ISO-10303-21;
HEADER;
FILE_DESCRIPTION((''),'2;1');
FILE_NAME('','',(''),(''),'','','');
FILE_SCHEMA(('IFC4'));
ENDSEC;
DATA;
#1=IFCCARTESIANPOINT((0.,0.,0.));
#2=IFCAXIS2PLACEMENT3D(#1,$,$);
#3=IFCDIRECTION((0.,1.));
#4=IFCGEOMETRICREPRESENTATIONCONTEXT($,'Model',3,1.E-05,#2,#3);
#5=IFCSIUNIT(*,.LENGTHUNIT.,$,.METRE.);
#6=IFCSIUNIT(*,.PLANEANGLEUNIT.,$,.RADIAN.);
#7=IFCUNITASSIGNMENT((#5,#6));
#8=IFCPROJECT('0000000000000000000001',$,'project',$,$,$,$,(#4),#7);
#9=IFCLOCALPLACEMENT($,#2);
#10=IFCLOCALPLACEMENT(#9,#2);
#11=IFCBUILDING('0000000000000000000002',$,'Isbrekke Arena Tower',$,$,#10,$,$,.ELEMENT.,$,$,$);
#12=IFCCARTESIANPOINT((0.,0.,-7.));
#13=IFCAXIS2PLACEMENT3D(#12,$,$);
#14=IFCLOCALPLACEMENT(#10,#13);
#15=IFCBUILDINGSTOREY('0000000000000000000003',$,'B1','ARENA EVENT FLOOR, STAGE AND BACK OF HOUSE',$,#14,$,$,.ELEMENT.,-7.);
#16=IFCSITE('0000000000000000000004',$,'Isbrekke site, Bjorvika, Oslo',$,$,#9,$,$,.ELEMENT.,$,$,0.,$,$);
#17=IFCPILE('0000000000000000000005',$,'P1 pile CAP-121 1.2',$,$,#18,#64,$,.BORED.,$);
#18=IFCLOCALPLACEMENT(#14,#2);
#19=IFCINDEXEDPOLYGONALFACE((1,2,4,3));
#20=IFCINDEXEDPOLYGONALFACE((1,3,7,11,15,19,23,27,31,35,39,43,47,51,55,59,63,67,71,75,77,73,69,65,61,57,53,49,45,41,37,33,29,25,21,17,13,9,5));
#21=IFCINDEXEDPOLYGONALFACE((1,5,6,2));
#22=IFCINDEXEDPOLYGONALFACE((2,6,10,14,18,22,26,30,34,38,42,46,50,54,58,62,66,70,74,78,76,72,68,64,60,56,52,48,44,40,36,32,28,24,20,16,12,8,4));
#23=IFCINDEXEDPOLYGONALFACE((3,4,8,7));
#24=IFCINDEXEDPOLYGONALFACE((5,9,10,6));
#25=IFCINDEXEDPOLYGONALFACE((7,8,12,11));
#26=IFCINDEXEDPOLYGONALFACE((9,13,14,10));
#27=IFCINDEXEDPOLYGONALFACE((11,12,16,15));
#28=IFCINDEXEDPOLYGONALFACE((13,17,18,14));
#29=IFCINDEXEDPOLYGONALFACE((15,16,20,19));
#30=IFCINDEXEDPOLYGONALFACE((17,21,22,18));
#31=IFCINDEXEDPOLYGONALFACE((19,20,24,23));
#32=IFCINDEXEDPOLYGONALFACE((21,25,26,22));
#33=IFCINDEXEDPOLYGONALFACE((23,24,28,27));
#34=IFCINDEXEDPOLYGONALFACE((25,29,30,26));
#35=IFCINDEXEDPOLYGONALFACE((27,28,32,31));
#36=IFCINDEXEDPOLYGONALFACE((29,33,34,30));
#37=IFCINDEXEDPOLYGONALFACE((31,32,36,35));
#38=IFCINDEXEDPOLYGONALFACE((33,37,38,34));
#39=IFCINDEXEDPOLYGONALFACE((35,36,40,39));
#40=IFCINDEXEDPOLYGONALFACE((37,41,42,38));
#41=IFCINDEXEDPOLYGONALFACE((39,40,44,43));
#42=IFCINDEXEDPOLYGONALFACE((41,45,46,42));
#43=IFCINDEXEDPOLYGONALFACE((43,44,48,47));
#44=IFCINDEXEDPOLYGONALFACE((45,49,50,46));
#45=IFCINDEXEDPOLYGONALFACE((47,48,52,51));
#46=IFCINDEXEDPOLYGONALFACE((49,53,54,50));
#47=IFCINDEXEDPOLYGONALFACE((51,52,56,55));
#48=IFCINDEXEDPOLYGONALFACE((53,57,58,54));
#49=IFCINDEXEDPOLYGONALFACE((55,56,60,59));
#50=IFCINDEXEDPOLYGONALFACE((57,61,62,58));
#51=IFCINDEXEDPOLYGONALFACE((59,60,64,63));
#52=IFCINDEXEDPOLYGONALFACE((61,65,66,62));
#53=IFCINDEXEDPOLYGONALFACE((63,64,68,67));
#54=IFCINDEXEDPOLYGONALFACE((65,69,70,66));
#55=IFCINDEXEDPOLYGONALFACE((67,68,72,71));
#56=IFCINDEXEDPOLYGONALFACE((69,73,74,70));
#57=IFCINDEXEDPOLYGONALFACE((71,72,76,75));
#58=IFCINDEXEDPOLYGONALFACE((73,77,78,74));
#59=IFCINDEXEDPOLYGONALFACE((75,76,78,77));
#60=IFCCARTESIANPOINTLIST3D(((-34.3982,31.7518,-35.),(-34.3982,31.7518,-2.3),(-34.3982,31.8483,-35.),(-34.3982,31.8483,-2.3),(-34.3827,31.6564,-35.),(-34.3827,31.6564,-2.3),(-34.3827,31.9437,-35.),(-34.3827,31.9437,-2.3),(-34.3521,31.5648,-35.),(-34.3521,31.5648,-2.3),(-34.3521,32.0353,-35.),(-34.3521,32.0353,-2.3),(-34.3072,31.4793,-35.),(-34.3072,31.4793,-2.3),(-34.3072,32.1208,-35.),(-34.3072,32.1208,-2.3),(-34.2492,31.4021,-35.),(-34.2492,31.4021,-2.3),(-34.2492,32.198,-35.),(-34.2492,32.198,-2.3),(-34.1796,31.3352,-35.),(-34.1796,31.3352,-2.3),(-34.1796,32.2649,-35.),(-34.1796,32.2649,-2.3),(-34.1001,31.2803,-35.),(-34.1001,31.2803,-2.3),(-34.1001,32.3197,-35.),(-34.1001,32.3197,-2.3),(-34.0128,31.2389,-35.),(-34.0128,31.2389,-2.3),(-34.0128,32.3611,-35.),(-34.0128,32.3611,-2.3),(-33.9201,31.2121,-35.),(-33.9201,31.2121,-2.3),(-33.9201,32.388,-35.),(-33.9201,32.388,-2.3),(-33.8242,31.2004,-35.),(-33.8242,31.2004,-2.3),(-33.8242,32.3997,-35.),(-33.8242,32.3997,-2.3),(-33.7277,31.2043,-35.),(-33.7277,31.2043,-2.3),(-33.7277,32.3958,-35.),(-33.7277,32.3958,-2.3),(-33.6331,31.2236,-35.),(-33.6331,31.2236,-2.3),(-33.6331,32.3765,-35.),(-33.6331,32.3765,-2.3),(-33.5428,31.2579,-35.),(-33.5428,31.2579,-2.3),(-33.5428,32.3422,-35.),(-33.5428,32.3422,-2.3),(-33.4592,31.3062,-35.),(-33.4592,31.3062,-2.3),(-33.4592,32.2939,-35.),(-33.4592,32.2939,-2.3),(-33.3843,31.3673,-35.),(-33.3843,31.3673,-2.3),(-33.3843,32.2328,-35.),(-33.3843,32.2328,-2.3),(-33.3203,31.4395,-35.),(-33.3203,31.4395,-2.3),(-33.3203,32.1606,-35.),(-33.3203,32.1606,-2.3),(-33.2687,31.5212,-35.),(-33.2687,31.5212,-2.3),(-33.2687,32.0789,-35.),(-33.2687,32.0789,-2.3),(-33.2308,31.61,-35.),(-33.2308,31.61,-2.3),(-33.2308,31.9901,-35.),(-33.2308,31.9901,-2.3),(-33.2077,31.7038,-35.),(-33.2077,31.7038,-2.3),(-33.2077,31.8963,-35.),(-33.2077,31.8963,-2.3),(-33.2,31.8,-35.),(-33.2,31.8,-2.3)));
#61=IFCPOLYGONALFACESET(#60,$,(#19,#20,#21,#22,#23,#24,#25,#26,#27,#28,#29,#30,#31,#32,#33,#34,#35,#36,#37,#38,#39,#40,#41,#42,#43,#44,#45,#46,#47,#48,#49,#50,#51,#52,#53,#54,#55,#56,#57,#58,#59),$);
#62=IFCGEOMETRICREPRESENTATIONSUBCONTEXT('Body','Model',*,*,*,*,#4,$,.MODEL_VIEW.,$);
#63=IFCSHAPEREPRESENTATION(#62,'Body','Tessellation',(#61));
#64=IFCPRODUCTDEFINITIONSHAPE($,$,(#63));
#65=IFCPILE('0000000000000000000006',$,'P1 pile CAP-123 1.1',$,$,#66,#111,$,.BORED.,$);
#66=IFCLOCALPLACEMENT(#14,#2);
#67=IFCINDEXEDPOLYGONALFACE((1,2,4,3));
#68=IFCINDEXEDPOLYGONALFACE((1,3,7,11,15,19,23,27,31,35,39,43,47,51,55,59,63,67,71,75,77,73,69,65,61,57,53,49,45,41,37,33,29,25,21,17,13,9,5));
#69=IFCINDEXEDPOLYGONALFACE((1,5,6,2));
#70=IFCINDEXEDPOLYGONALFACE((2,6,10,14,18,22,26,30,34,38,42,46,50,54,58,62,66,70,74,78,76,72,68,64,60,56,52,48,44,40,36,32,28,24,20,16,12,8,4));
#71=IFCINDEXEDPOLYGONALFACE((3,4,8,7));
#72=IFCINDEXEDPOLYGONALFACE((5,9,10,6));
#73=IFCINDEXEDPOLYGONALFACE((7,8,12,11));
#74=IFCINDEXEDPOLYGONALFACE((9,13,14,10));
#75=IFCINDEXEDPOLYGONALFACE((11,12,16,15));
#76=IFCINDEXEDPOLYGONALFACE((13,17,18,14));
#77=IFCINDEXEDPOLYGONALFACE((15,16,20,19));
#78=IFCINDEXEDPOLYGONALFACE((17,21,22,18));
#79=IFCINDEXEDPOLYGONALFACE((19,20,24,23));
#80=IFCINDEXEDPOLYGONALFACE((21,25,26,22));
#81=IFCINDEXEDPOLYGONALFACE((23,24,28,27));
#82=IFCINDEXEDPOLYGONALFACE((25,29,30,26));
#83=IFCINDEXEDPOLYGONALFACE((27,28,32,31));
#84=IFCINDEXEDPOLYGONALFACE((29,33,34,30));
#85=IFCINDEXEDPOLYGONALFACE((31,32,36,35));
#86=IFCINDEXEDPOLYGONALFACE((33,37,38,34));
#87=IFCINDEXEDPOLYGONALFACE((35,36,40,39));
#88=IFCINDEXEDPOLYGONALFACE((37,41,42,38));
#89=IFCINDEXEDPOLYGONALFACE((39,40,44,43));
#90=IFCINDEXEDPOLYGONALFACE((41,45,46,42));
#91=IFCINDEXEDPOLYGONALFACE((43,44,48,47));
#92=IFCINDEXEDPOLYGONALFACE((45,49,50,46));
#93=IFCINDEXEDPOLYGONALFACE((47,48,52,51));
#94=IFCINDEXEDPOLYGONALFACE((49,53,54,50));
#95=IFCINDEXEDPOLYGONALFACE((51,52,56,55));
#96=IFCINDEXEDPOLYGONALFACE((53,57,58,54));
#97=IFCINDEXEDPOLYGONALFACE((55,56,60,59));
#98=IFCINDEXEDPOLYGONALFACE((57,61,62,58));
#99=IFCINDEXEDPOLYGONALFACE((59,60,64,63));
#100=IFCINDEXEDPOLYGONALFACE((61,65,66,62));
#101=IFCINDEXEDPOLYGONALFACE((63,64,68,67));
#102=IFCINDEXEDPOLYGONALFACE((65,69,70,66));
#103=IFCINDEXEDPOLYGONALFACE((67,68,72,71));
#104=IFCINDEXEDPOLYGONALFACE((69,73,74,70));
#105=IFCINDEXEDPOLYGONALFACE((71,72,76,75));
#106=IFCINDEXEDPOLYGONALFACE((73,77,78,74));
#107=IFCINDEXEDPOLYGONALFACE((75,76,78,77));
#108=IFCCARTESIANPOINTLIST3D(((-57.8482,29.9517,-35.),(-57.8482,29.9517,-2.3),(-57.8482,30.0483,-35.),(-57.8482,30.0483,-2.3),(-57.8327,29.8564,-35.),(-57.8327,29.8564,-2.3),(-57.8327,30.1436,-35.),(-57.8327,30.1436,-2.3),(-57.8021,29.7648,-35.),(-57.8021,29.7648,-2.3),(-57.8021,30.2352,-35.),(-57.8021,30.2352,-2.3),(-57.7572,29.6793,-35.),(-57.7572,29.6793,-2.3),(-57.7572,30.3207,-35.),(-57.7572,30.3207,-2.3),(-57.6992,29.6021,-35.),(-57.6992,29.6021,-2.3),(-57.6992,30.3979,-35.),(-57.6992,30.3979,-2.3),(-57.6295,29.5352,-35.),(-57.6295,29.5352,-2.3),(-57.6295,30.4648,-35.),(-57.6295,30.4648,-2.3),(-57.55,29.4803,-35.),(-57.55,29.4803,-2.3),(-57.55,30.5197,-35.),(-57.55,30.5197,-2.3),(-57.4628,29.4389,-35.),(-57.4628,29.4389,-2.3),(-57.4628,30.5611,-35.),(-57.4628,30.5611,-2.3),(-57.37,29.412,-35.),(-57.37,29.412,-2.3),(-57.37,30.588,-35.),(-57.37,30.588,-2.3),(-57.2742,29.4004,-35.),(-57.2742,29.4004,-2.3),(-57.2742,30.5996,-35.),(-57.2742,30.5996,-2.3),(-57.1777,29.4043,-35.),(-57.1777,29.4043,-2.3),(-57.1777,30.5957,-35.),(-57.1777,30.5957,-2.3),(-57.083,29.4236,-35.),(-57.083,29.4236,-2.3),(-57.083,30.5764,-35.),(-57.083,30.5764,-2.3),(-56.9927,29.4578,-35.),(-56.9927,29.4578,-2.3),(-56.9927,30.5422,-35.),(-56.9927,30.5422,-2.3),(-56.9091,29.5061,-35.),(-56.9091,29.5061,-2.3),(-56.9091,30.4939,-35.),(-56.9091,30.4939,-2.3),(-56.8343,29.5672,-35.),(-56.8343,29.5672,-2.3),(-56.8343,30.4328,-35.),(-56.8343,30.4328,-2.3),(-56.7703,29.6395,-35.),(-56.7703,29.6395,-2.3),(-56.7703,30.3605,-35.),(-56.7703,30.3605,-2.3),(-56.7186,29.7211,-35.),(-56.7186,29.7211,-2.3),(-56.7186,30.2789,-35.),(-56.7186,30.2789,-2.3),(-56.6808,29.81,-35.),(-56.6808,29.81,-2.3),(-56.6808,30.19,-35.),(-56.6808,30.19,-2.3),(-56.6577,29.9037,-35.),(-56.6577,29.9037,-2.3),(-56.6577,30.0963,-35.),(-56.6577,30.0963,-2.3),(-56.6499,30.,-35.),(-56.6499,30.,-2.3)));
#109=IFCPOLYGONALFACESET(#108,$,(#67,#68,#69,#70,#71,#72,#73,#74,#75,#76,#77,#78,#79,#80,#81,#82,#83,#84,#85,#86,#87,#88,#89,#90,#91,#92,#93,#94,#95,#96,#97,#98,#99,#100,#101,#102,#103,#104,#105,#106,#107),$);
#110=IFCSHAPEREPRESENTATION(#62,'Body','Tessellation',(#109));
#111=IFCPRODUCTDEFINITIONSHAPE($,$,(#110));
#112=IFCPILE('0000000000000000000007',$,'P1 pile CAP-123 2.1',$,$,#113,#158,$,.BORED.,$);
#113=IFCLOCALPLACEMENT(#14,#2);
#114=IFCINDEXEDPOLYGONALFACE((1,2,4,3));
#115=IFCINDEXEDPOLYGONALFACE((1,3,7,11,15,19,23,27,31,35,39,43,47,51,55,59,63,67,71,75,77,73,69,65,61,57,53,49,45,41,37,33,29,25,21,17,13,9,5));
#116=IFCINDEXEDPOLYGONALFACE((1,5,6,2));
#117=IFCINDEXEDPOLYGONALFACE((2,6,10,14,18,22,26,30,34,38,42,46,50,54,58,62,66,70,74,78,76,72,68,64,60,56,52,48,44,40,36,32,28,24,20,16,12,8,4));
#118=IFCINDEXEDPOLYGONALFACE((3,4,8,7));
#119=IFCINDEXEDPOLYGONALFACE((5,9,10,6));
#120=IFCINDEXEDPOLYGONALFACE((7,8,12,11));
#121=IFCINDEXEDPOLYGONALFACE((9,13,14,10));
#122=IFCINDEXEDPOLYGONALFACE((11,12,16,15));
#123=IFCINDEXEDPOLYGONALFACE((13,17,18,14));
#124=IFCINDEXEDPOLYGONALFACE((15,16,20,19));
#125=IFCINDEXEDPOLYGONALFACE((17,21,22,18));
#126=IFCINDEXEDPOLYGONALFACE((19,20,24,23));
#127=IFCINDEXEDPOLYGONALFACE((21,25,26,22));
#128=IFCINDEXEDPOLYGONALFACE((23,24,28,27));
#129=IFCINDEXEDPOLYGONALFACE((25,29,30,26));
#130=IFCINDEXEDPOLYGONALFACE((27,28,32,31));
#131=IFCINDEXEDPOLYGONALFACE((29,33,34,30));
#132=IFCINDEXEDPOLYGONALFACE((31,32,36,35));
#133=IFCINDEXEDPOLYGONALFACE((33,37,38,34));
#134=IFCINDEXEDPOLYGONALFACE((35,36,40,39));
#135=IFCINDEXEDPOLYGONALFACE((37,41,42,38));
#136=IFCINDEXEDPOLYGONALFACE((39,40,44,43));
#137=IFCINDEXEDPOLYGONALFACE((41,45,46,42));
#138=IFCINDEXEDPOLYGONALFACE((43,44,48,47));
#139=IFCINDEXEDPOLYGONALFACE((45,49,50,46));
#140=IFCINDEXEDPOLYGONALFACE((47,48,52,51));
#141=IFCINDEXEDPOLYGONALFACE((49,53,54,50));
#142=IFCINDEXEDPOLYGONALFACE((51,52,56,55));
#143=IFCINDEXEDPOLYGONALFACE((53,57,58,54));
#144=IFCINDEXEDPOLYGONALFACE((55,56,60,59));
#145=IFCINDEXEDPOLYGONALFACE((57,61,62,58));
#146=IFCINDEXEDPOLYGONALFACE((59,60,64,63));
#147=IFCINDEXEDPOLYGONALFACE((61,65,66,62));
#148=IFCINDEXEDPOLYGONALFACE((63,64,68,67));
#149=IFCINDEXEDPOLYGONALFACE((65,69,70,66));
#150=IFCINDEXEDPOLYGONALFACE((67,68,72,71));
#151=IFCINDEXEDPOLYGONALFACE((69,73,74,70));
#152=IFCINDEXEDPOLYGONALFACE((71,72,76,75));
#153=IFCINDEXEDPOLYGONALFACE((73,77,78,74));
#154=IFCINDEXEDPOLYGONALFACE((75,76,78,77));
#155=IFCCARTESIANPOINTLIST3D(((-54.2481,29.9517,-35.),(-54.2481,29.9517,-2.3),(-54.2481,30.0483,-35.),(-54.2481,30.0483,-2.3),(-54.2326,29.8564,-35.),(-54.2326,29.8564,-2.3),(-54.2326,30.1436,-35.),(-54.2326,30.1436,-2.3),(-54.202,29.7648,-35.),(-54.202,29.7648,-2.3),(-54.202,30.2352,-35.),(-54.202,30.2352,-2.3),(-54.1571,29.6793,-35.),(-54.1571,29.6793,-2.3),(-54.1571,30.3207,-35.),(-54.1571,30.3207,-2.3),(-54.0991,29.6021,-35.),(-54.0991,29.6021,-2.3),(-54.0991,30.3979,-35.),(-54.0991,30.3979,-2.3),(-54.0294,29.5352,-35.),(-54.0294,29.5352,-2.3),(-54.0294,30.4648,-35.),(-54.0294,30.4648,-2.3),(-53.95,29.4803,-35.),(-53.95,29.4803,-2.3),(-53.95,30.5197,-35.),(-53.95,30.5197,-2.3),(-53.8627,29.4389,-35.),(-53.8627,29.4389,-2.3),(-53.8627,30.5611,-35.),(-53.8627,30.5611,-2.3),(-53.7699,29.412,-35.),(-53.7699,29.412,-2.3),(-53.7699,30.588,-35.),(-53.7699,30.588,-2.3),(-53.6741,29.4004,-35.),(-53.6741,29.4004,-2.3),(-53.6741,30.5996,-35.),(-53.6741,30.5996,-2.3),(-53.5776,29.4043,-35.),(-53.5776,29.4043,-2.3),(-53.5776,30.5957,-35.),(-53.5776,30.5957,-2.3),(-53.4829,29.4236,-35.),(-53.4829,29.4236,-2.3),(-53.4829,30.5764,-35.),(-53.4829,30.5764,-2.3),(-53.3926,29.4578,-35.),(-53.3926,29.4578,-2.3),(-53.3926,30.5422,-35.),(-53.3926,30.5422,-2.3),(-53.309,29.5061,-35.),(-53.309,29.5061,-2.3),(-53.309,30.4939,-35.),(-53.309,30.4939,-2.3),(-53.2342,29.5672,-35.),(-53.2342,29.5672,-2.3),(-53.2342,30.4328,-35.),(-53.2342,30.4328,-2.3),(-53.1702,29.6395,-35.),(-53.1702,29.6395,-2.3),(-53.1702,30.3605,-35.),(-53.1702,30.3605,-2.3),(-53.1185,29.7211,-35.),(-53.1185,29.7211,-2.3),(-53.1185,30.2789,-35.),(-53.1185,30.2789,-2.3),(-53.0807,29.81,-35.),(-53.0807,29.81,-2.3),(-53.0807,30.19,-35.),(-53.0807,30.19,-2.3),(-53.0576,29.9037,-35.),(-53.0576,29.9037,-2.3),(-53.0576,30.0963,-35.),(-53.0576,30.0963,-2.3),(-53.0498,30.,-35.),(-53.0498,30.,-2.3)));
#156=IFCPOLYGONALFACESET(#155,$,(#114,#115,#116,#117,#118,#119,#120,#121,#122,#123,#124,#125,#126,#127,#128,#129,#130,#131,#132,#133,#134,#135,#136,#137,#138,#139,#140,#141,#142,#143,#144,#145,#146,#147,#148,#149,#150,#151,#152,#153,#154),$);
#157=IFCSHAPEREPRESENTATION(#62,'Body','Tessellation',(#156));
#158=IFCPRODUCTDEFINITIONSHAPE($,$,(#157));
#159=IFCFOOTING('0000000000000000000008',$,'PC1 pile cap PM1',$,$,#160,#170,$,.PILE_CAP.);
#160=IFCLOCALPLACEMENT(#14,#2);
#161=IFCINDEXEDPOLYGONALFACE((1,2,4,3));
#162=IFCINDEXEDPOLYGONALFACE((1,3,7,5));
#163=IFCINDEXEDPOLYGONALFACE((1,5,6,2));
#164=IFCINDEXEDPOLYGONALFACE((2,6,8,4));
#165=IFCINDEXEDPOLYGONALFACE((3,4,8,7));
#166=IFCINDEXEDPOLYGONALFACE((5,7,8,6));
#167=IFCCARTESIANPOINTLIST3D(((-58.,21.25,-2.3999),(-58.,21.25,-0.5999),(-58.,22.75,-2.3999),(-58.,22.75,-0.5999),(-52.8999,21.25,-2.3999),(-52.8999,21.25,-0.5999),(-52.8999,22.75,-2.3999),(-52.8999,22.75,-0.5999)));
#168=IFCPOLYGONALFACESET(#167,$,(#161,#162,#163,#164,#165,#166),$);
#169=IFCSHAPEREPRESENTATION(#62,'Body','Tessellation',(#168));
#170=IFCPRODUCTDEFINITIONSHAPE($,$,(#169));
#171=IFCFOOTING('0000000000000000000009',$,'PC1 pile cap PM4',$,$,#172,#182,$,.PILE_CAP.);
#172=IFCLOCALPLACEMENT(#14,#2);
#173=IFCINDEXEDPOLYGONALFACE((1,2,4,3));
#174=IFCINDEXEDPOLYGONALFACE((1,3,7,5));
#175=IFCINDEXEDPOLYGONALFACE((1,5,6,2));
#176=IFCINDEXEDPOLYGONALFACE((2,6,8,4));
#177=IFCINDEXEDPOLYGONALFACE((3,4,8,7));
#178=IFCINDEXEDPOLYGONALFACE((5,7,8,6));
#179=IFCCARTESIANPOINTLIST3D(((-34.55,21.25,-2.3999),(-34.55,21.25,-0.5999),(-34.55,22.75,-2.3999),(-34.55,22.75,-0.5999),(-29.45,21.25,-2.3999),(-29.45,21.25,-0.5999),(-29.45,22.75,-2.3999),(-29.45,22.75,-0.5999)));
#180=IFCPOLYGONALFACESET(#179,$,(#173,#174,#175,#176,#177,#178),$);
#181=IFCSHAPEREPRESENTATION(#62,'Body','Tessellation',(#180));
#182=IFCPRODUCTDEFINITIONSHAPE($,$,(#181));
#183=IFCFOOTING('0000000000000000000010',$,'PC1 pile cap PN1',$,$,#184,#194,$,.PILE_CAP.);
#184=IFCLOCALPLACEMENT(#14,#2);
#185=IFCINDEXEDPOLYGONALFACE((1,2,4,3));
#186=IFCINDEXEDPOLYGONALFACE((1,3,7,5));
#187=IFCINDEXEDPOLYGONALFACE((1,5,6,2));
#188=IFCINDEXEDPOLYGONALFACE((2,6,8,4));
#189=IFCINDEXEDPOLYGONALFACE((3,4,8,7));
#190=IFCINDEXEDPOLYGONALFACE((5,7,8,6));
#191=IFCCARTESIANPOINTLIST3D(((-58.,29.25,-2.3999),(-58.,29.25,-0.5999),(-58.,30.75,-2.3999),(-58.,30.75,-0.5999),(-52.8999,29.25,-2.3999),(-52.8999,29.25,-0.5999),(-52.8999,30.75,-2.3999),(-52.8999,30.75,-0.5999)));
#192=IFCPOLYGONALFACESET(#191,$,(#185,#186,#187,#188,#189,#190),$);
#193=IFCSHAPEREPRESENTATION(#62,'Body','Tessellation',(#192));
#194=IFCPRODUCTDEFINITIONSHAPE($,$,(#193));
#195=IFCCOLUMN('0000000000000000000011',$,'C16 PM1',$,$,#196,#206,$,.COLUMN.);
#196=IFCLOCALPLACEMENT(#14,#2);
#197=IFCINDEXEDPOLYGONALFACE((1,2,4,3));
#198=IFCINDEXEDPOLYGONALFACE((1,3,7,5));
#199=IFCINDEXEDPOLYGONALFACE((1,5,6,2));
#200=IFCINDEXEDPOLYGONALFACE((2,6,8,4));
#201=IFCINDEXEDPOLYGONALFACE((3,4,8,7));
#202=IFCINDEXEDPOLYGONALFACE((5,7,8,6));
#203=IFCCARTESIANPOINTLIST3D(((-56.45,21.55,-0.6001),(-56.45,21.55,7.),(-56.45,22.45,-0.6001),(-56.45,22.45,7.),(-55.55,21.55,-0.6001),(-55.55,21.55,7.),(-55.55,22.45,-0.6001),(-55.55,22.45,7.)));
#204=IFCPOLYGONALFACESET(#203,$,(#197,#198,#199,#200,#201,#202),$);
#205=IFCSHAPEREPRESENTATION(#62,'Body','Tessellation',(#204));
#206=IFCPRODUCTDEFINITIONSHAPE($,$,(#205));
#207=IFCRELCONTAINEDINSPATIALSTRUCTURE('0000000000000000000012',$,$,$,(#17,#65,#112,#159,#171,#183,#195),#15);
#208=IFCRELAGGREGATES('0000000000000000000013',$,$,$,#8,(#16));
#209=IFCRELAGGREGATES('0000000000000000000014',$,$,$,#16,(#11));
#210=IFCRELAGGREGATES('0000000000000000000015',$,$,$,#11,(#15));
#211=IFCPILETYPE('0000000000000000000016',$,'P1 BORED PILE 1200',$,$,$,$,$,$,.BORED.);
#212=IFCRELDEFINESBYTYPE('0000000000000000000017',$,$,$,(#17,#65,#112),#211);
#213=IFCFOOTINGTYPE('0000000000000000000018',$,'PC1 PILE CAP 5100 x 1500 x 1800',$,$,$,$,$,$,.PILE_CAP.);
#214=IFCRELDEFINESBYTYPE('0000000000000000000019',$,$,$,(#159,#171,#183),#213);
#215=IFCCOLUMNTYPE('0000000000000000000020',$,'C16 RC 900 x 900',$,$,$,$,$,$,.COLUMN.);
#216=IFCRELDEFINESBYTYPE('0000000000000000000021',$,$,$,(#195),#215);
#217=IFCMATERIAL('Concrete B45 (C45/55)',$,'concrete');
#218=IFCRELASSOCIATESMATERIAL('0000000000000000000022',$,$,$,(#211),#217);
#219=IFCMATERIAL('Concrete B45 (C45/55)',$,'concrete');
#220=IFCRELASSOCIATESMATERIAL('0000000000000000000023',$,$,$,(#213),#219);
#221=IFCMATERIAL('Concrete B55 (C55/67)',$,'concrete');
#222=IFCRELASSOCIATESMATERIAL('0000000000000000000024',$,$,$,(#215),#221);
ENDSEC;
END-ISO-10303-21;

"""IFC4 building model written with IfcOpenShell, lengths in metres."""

from ifc_helpers import new_model, si_unit, direction, frame, origin, origin_2d, place, context, subcontext, project, spatial, rectangle, circle, extrude, material, material_profile, profile_set, type_object, element, save


model = new_model("IFC4")

# Units and contexts
model_context = context("Model", 3, precision=1e-05, world=origin(), true_north=direction((0.0, 1.0)))
body_context = subcontext(model_context, "Body", "Model", "MODEL_VIEW")
ifc_project = project(units=[si_unit("LENGTHUNIT", "METRE"), si_unit("PLANEANGLEUNIT", "RADIAN")], contexts=[model_context])

# Site, building, storey
site_placement = place(None, origin())
site = spatial("IfcSite", under=ifc_project, at=site_placement, Name="Isbrekke site, Bjorvika, Oslo", CompositionType="ELEMENT", RefElevation=0.0)
building_placement = place(site_placement, origin())
building = spatial("IfcBuilding", under=site, at=building_placement, Name="Isbrekke Arena Tower", CompositionType="ELEMENT")
storey_placement = place(building_placement, frame((0.0, 0.0, -7.0)))
storey = spatial("IfcBuildingStorey", under=building, at=storey_placement, Name="B1", Description="ARENA EVENT FLOOR, STAGE AND BACK OF HOUSE", CompositionType="ELEMENT", Elevation=-7.0)

# Piles
ifc_material_1 = material(Name="Concrete B45 (C45/55)", Category="concrete")
ifc_material_profile_1 = material_profile(ifc_material_1, circle(Radius=0.6001, at=origin_2d()), Name="BORED PILE D1200")
ifc_profile_set_1 = profile_set([ifc_material_profile_1], Name="Concrete B45 (C45/55)")
pile_type = type_object("IfcPileType", Name="P1 BORED PILE 1200", PredefinedType="BORED", material=ifc_profile_set_1)
for number, where, z_axis, x_axis, name in (
    (1, (-33.8, 31.8, -2.3), (0.0, 0.0, -1.0), (1.0, 0.0, 0.0), "P1 pile CAP-121 1.2"),
    (2, (-57.25, 30.0, -2.3), (0.0, 0.0, -1.0), (1.0, 0.0, 0.0), "P1 pile CAP-123 1.1"),
    (3, (-53.6499, 30.0, -2.3), (0.0, 0.0, -1.0), (1.0, 0.0, 0.0), "P1 pile CAP-123 2.1"),
):
    element("IfcPile", number, at=place(storey_placement, frame(where, z_axis=z_axis, x_axis=x_axis)), inside=storey, type_object=pile_type, Name=name, PredefinedType="BORED", context=body_context, shape_type="SweptSolid", body=[
        extrude(circle(Radius=0.6001, at=origin_2d()), origin(), (0.0, 0.0, 1.0), 32.7),
    ])

# Footings
ifc_material_2 = material(Name="Concrete B45 (C45/55)", Category="concrete")
footing_type = type_object("IfcFootingType", Name="PC1 PILE CAP 5100 x 1500 x 1800", PredefinedType="PILE_CAP", material=ifc_material_2)
for number, where, z_axis, x_axis, name in (
    (4, (-55.45, 22.0, -2.3999), (0.0, 0.0, 1.0), (1.0, 0.0, 0.0), "PC1 pile cap PM1"),
    (5, (-32.0, 22.0, -2.3999), (0.0, 0.0, 1.0), (1.0, 0.0, 0.0), "PC1 pile cap PM4"),
    (6, (-55.45, 30.0, -2.3999), (0.0, 0.0, 1.0), (1.0, 0.0, 0.0), "PC1 pile cap PN1"),
):
    element("IfcFooting", number, at=place(storey_placement, frame(where, z_axis=z_axis, x_axis=x_axis)), inside=storey, type_object=footing_type, Name=name, PredefinedType="PILE_CAP", context=body_context, shape_type="SweptSolid", body=[
        extrude(rectangle(XDim=5.1001, YDim=1.5, at=origin_2d()), origin(), (0.0, 0.0, 1.0), 1.8),
    ])

# Column
ifc_material_3 = material(Name="Concrete B55 (C55/67)", Category="concrete")
ifc_material_profile_2 = material_profile(ifc_material_3, rectangle(XDim=0.8999, YDim=0.8999, at=origin_2d()), Name="RC 900x900")
ifc_profile_set_2 = profile_set([ifc_material_profile_2], Name="Concrete B55 (C55/67)")
column_type = type_object("IfcColumnType", Name="C16 RC 900 x 900", PredefinedType="COLUMN", material=ifc_profile_set_2)
for number, where, z_axis, x_axis, name in (
    (7, (-56.0, 22.0, -0.6001), (0.0, 0.0, 1.0), (1.0, 0.0, 0.0), "C16 PM1"),
):
    element("IfcColumn", number, at=place(storey_placement, frame(where, z_axis=z_axis, x_axis=x_axis)), inside=storey, type_object=column_type, Name=name, PredefinedType="COLUMN", context=body_context, shape_type="SweptSolid", body=[
        extrude(rectangle(XDim=0.8999, YDim=0.8999, at=origin_2d()), origin(), (0.0, 0.0, 1.0), 7.6001),
    ])

save(model, "model.ifc")
